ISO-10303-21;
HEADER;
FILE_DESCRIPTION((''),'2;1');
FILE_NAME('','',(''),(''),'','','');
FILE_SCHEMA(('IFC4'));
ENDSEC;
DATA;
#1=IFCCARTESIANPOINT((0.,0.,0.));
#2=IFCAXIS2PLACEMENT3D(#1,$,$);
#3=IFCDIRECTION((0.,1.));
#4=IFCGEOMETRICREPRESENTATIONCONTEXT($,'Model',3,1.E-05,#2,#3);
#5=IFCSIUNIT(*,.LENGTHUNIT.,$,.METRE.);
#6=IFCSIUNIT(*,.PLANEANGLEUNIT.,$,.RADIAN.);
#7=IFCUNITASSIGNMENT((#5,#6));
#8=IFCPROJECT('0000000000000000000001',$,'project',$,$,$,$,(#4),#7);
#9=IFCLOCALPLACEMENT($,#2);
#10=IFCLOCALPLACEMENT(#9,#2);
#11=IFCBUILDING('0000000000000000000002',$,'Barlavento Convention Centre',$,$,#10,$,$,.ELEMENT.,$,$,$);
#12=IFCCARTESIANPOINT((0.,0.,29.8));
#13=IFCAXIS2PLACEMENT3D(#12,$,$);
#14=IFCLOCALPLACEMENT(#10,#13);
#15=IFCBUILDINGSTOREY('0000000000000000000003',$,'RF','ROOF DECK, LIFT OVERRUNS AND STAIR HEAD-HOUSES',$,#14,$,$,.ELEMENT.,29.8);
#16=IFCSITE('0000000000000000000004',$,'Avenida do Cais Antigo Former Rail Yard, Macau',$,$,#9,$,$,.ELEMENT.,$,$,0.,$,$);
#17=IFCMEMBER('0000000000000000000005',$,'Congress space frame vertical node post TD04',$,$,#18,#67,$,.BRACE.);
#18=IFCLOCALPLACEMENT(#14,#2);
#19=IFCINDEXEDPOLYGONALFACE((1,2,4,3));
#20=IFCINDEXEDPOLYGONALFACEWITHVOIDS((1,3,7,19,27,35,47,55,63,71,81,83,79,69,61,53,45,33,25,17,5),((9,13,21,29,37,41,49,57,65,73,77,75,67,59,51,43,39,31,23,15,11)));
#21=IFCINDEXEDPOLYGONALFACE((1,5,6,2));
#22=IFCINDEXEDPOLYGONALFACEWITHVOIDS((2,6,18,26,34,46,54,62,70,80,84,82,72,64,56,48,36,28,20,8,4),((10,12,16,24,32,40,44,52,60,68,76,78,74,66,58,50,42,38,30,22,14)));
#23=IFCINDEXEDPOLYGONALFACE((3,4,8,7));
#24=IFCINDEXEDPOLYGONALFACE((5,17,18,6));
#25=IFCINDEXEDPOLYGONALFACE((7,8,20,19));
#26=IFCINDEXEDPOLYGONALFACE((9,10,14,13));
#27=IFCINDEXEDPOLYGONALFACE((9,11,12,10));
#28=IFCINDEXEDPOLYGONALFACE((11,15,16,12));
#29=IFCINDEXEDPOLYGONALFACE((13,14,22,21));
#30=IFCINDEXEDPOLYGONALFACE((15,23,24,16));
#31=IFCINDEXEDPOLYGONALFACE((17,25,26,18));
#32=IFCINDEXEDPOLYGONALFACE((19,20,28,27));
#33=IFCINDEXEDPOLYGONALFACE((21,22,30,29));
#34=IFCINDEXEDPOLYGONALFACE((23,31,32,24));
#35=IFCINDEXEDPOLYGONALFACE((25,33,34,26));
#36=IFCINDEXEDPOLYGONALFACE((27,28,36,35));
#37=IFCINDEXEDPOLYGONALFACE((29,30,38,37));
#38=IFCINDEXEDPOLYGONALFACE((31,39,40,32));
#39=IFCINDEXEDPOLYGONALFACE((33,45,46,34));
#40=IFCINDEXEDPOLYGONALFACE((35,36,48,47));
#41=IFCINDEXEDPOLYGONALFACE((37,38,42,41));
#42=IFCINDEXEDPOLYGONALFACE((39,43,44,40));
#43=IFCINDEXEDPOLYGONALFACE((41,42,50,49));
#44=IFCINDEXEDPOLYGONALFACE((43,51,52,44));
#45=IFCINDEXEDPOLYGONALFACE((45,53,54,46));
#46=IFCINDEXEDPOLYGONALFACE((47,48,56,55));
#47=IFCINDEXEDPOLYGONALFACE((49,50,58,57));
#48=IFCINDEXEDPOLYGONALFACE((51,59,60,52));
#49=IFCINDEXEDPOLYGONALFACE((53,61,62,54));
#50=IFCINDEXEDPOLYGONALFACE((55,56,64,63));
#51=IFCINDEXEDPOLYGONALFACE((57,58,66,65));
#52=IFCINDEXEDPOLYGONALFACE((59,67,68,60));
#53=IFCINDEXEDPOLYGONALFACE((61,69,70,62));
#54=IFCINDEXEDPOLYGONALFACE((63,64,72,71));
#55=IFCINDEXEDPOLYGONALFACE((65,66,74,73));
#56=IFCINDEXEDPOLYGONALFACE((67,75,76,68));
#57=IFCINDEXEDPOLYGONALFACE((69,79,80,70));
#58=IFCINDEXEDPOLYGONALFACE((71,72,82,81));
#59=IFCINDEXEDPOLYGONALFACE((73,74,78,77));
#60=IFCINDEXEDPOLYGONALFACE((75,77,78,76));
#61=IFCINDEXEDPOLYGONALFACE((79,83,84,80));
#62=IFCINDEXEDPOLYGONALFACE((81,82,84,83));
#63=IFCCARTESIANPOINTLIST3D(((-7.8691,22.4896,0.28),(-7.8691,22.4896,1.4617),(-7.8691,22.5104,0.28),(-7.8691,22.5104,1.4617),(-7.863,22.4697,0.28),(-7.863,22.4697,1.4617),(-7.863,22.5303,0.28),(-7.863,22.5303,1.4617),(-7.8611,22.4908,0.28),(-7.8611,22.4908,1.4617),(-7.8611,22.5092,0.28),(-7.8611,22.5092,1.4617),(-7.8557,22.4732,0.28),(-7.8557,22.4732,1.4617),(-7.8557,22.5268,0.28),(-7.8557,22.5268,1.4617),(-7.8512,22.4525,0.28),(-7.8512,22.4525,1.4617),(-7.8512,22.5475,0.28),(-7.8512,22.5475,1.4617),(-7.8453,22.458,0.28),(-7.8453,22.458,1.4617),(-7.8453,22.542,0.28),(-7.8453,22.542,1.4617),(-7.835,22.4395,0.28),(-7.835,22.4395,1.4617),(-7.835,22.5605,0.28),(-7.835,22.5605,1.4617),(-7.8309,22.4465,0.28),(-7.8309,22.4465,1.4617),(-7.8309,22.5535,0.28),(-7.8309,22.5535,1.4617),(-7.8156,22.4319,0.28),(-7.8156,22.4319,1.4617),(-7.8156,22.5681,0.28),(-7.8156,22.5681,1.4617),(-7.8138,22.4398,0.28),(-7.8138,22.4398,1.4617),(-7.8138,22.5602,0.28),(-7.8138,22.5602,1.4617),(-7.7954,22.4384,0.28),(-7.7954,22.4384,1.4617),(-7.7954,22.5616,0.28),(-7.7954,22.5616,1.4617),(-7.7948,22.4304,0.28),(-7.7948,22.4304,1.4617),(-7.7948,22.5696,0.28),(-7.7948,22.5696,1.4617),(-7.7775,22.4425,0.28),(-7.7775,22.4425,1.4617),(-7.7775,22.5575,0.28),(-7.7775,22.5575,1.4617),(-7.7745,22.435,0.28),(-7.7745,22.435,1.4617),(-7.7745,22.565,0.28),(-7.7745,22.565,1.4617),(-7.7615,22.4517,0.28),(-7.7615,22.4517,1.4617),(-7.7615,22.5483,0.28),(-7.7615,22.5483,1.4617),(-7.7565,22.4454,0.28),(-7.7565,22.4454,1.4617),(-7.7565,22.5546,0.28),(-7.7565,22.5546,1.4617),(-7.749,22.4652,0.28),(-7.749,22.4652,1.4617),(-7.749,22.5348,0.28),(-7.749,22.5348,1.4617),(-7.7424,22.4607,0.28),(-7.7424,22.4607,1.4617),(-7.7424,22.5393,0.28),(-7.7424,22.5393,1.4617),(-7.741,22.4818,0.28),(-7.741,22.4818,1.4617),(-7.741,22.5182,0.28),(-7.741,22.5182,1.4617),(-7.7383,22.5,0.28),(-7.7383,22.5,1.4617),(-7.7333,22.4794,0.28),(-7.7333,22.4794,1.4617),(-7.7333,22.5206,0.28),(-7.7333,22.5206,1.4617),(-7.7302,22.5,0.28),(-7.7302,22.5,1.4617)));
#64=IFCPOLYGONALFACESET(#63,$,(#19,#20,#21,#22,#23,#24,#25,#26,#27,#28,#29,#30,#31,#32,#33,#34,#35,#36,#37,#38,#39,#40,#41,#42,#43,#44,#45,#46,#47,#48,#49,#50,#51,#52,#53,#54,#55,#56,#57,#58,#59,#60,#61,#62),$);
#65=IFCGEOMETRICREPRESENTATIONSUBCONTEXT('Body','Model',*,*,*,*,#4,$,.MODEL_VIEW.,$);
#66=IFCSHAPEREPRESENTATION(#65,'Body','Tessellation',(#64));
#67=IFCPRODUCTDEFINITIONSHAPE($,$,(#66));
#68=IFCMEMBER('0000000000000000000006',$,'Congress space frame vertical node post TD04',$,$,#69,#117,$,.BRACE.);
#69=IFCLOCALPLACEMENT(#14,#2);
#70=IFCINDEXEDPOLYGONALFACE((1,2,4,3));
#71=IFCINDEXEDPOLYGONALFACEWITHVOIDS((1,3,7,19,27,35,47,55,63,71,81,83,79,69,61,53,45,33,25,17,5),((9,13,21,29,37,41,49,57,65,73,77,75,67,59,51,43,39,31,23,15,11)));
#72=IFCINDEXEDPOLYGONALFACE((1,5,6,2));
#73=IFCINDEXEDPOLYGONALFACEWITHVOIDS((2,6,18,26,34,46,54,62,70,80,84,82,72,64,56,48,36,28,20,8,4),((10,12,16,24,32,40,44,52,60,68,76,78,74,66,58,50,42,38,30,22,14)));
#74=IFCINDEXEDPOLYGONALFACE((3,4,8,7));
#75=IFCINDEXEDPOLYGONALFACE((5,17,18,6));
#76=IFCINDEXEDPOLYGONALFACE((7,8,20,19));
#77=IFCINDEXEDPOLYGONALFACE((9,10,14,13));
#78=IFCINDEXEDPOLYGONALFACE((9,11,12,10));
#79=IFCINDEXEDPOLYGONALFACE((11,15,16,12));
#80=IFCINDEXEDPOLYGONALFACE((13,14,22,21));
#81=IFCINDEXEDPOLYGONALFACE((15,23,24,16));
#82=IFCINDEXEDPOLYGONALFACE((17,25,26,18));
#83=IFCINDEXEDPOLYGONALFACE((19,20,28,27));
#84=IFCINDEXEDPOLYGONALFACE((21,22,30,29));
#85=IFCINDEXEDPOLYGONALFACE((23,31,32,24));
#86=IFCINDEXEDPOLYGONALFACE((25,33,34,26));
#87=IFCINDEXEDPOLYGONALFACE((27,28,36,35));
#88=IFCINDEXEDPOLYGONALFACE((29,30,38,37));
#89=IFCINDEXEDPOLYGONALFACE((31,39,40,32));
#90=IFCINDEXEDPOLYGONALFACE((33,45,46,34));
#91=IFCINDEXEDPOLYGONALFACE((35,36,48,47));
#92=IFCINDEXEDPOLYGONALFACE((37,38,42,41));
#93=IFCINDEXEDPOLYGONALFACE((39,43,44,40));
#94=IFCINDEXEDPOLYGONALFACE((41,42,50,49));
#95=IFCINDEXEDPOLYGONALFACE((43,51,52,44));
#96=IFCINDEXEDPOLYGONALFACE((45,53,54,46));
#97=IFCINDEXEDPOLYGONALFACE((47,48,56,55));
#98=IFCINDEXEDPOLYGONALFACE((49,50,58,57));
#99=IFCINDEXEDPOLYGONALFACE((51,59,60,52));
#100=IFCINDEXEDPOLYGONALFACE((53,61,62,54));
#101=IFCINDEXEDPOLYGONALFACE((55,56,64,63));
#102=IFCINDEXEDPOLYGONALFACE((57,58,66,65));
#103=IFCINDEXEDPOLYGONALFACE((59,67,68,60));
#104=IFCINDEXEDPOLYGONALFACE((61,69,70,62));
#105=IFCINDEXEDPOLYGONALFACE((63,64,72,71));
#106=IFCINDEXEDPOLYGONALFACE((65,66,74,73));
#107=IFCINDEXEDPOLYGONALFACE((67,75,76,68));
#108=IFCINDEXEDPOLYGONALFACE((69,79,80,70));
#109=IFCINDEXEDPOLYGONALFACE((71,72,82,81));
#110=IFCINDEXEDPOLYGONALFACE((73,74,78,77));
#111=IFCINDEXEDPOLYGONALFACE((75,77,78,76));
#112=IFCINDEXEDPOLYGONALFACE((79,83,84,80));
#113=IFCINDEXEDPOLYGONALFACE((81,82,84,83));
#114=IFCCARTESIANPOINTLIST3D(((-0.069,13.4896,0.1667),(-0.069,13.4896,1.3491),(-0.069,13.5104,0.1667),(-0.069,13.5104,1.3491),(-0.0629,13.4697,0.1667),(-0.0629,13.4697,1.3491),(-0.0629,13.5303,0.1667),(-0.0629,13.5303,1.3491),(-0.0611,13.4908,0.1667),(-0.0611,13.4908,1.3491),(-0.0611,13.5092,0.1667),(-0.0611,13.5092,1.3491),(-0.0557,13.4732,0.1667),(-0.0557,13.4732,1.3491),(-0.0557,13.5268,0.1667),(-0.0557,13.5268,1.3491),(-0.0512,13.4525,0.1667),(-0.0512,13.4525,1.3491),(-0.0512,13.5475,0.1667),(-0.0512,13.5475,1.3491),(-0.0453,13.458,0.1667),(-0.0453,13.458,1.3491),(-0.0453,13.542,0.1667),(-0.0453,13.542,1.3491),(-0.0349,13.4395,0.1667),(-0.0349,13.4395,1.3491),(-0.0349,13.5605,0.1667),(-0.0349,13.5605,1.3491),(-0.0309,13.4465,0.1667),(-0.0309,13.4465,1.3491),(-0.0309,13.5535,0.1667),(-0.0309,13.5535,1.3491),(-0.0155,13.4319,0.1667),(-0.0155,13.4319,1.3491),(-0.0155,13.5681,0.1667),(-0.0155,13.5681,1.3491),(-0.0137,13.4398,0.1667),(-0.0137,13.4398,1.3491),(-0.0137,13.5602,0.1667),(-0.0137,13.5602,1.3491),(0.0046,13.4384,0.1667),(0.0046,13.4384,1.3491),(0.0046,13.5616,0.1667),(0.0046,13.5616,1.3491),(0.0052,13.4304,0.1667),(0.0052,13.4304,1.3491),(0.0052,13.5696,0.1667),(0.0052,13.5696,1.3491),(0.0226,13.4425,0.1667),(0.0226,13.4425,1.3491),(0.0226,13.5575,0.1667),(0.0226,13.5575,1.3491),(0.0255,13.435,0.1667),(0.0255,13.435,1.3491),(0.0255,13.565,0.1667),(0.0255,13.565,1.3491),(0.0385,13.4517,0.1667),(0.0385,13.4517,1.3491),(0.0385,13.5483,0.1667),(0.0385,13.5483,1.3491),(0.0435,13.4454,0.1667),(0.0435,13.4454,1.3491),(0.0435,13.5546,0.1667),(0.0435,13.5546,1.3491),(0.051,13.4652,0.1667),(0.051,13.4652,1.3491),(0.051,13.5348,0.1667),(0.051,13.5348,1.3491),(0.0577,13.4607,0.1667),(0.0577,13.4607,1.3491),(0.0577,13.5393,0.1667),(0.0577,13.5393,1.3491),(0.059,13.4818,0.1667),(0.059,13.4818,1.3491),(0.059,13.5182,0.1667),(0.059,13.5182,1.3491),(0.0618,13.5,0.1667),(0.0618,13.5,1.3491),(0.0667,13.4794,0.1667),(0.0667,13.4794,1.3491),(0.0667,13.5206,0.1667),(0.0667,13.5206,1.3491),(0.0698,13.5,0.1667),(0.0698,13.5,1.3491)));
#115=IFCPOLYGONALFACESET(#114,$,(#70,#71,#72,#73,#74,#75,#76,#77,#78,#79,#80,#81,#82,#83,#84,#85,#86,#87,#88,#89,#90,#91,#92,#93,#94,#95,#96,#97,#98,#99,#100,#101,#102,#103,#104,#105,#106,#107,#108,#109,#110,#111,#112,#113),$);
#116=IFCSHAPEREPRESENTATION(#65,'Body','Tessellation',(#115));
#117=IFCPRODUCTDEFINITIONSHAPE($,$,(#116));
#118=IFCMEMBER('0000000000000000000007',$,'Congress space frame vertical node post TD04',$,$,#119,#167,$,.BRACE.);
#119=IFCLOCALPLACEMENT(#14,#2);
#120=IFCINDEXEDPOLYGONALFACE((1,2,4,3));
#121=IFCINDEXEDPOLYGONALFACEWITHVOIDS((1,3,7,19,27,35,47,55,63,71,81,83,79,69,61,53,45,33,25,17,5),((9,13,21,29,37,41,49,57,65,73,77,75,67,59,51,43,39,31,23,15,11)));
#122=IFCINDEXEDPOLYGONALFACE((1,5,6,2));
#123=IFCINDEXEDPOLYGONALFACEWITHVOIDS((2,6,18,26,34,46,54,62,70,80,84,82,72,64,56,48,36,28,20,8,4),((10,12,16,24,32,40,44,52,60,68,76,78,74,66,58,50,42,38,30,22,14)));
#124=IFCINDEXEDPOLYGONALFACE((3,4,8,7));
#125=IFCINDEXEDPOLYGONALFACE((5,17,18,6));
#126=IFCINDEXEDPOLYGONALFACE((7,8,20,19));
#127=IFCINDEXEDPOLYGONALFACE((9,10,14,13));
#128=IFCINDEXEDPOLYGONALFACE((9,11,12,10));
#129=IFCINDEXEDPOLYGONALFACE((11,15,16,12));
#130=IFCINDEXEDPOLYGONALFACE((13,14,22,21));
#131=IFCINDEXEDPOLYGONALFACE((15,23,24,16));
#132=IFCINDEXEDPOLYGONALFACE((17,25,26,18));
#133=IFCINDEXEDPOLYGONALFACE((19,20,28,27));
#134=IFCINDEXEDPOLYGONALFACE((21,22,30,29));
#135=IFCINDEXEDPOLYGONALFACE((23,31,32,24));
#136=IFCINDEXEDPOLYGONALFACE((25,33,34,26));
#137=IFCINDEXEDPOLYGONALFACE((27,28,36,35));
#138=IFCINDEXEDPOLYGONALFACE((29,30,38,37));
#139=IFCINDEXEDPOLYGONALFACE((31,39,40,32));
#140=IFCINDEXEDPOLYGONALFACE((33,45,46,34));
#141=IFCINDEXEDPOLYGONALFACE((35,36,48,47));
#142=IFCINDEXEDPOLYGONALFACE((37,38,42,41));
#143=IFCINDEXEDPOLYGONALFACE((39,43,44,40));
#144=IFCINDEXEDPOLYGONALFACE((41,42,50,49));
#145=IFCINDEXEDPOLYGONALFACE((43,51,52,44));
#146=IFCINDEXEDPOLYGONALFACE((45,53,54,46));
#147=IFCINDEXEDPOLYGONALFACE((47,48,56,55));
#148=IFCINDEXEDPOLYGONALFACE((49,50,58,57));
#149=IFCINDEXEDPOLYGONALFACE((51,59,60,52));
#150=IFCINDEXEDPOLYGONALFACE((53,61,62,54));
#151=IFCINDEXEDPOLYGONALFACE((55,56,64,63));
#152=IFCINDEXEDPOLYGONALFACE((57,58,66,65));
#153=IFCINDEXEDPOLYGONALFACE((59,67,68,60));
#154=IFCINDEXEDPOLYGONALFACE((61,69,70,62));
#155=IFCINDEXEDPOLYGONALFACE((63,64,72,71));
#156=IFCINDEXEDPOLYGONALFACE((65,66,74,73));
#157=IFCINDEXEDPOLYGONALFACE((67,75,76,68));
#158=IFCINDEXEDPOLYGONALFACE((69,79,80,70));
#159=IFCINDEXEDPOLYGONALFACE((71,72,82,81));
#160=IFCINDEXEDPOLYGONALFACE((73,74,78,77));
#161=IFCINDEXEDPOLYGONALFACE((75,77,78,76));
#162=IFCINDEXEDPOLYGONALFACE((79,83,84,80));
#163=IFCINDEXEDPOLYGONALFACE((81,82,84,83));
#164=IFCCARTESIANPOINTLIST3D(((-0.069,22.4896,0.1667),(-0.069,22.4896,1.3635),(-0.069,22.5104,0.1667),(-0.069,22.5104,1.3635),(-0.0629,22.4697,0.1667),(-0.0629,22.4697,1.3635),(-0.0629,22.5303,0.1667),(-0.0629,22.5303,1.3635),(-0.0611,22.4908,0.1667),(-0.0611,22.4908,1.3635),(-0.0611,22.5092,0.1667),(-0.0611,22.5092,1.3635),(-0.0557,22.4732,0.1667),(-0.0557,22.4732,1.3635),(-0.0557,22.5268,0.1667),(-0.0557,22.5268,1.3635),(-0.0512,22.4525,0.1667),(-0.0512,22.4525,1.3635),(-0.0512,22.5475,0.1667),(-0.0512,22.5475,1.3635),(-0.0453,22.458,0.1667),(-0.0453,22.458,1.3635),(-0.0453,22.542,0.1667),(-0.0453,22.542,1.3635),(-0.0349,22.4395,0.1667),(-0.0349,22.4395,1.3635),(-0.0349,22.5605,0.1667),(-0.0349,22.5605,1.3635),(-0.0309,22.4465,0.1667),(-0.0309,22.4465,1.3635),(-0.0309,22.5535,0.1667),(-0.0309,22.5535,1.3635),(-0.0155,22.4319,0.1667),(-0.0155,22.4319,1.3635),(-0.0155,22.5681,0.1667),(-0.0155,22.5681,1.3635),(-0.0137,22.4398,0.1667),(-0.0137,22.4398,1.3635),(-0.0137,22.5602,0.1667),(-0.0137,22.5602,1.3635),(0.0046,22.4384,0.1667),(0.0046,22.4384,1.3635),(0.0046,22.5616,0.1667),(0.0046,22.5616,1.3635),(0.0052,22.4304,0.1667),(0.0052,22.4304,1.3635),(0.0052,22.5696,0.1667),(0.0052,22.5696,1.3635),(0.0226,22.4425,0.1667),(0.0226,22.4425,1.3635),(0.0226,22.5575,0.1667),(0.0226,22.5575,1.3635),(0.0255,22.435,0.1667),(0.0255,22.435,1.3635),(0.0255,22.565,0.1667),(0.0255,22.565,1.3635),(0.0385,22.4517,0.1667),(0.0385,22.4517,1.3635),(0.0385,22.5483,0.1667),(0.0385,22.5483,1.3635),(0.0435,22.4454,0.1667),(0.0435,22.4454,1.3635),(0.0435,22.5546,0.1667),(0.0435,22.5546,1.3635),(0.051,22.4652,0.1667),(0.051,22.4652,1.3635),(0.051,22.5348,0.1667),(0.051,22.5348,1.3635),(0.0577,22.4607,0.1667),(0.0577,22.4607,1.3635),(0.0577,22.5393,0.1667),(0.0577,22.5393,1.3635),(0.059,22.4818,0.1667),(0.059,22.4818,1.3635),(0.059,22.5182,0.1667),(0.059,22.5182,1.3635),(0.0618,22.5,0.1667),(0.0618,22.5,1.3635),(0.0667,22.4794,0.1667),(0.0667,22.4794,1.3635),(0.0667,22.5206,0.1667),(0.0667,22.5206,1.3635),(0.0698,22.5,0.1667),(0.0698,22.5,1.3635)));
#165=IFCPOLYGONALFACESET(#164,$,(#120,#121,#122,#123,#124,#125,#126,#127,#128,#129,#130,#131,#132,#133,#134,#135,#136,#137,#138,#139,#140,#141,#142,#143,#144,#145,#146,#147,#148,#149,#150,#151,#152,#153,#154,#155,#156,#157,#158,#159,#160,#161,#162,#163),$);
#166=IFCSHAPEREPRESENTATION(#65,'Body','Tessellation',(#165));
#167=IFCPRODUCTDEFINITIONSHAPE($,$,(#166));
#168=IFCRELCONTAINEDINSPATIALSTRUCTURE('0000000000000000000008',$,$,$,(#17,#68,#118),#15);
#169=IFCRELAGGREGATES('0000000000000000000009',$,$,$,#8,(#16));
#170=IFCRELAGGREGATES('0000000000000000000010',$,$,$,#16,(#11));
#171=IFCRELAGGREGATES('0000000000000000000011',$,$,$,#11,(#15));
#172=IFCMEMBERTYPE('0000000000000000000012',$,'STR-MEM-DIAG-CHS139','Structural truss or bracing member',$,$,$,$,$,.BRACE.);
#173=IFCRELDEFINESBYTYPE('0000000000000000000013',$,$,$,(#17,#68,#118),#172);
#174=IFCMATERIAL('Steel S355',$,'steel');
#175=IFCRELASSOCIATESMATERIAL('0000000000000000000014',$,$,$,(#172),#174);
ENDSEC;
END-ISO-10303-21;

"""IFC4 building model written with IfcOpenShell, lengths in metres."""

from ifc_helpers import new_model, si_unit, direction, frame, origin, origin_2d, place, context, subcontext, project, spatial, hollow_circle, extrude, material, material_profile, profile_set, type_object, element, save


model = new_model("IFC4")

# Units and contexts
model_context = context("Model", 3, precision=1e-05, world=origin(), true_north=direction((0.0, 1.0)))
body_context = subcontext(model_context, "Body", "Model", "MODEL_VIEW")
ifc_project = project(units=[si_unit("LENGTHUNIT", "METRE"), si_unit("PLANEANGLEUNIT", "RADIAN")], contexts=[model_context])

# Site, building, storey
site_placement = place(None, origin())
site = spatial("IfcSite", under=ifc_project, at=site_placement, Name="Avenida do Cais Antigo Former Rail Yard, Macau", CompositionType="ELEMENT", RefElevation=0.0)
building_placement = place(site_placement, origin())
building = spatial("IfcBuilding", under=site, at=building_placement, Name="Barlavento Convention Centre", CompositionType="ELEMENT")
storey_placement = place(building_placement, frame((0.0, 0.0, 29.8)))
storey = spatial("IfcBuildingStorey", under=building, at=storey_placement, Name="RF", Description="ROOF DECK, LIFT OVERRUNS AND STAIR HEAD-HOUSES", CompositionType="ELEMENT", Elevation=29.8)

# Shared definitions
ifc_material_1 = material(Name="Steel S355", Category="steel")

# Members
ifc_material_profile_1 = material_profile(ifc_material_1, hollow_circle(Radius=0.0698, WallThickness=0.0081, at=origin_2d()), Name="CHS 139.7x8.0")
ifc_profile_set_1 = profile_set([ifc_material_profile_1], Name="Steel S355")
member_type_1 = type_object("IfcMemberType", Name="STR-MEM-DIAG-CHS139", Description="Structural truss or bracing member", PredefinedType="BRACE", material=ifc_profile_set_1)
for number, where, z_axis, x_axis, name in (
    (1, (-7.8, 22.5, 0.28), (0.0, 0.0, 1.0), (1.0, 0.0, 0.0), "Congress space frame vertical node post TD04"),
):
    element("IfcMember", number, at=place(storey_placement, frame(where, z_axis=z_axis, x_axis=x_axis)), inside=storey, type_object=member_type_1, Name=name, PredefinedType="BRACE", context=body_context, shape_type="SweptSolid", body=[
        extrude(hollow_circle(Radius=0.0698, WallThickness=0.0081, at=origin_2d()), origin(), (0.0, 0.0, 1.0), 1.1816),
    ])
member_1_placement = place(storey_placement, frame((0.0, 13.5, 0.1667), z_axis=(0.0, 0.0, 1.0), x_axis=(1.0, 0.0, 0.0)))
element("IfcMember", 2, at=member_1_placement, inside=storey, type_object=member_type_1, Name="Congress space frame vertical node post TD04", PredefinedType="BRACE", context=body_context, shape_type="SweptSolid", body=[
    extrude(hollow_circle(Radius=0.0698, WallThickness=0.0081, at=origin_2d()), origin(), (0.0, 0.0, 1.0), 1.1824),
])
member_2_placement = place(storey_placement, frame((0.0, 22.5, 0.1667), z_axis=(0.0, 0.0, 1.0), x_axis=(1.0, 0.0, 0.0)))
element("IfcMember", 3, at=member_2_placement, inside=storey, type_object=member_type_1, Name="Congress space frame vertical node post TD04", PredefinedType="BRACE", context=body_context, shape_type="SweptSolid", body=[
    extrude(hollow_circle(Radius=0.0698, WallThickness=0.0081, at=origin_2d()), origin(), (0.0, 0.0, 1.0), 1.1968),
])

save(model, "model.ifc")
